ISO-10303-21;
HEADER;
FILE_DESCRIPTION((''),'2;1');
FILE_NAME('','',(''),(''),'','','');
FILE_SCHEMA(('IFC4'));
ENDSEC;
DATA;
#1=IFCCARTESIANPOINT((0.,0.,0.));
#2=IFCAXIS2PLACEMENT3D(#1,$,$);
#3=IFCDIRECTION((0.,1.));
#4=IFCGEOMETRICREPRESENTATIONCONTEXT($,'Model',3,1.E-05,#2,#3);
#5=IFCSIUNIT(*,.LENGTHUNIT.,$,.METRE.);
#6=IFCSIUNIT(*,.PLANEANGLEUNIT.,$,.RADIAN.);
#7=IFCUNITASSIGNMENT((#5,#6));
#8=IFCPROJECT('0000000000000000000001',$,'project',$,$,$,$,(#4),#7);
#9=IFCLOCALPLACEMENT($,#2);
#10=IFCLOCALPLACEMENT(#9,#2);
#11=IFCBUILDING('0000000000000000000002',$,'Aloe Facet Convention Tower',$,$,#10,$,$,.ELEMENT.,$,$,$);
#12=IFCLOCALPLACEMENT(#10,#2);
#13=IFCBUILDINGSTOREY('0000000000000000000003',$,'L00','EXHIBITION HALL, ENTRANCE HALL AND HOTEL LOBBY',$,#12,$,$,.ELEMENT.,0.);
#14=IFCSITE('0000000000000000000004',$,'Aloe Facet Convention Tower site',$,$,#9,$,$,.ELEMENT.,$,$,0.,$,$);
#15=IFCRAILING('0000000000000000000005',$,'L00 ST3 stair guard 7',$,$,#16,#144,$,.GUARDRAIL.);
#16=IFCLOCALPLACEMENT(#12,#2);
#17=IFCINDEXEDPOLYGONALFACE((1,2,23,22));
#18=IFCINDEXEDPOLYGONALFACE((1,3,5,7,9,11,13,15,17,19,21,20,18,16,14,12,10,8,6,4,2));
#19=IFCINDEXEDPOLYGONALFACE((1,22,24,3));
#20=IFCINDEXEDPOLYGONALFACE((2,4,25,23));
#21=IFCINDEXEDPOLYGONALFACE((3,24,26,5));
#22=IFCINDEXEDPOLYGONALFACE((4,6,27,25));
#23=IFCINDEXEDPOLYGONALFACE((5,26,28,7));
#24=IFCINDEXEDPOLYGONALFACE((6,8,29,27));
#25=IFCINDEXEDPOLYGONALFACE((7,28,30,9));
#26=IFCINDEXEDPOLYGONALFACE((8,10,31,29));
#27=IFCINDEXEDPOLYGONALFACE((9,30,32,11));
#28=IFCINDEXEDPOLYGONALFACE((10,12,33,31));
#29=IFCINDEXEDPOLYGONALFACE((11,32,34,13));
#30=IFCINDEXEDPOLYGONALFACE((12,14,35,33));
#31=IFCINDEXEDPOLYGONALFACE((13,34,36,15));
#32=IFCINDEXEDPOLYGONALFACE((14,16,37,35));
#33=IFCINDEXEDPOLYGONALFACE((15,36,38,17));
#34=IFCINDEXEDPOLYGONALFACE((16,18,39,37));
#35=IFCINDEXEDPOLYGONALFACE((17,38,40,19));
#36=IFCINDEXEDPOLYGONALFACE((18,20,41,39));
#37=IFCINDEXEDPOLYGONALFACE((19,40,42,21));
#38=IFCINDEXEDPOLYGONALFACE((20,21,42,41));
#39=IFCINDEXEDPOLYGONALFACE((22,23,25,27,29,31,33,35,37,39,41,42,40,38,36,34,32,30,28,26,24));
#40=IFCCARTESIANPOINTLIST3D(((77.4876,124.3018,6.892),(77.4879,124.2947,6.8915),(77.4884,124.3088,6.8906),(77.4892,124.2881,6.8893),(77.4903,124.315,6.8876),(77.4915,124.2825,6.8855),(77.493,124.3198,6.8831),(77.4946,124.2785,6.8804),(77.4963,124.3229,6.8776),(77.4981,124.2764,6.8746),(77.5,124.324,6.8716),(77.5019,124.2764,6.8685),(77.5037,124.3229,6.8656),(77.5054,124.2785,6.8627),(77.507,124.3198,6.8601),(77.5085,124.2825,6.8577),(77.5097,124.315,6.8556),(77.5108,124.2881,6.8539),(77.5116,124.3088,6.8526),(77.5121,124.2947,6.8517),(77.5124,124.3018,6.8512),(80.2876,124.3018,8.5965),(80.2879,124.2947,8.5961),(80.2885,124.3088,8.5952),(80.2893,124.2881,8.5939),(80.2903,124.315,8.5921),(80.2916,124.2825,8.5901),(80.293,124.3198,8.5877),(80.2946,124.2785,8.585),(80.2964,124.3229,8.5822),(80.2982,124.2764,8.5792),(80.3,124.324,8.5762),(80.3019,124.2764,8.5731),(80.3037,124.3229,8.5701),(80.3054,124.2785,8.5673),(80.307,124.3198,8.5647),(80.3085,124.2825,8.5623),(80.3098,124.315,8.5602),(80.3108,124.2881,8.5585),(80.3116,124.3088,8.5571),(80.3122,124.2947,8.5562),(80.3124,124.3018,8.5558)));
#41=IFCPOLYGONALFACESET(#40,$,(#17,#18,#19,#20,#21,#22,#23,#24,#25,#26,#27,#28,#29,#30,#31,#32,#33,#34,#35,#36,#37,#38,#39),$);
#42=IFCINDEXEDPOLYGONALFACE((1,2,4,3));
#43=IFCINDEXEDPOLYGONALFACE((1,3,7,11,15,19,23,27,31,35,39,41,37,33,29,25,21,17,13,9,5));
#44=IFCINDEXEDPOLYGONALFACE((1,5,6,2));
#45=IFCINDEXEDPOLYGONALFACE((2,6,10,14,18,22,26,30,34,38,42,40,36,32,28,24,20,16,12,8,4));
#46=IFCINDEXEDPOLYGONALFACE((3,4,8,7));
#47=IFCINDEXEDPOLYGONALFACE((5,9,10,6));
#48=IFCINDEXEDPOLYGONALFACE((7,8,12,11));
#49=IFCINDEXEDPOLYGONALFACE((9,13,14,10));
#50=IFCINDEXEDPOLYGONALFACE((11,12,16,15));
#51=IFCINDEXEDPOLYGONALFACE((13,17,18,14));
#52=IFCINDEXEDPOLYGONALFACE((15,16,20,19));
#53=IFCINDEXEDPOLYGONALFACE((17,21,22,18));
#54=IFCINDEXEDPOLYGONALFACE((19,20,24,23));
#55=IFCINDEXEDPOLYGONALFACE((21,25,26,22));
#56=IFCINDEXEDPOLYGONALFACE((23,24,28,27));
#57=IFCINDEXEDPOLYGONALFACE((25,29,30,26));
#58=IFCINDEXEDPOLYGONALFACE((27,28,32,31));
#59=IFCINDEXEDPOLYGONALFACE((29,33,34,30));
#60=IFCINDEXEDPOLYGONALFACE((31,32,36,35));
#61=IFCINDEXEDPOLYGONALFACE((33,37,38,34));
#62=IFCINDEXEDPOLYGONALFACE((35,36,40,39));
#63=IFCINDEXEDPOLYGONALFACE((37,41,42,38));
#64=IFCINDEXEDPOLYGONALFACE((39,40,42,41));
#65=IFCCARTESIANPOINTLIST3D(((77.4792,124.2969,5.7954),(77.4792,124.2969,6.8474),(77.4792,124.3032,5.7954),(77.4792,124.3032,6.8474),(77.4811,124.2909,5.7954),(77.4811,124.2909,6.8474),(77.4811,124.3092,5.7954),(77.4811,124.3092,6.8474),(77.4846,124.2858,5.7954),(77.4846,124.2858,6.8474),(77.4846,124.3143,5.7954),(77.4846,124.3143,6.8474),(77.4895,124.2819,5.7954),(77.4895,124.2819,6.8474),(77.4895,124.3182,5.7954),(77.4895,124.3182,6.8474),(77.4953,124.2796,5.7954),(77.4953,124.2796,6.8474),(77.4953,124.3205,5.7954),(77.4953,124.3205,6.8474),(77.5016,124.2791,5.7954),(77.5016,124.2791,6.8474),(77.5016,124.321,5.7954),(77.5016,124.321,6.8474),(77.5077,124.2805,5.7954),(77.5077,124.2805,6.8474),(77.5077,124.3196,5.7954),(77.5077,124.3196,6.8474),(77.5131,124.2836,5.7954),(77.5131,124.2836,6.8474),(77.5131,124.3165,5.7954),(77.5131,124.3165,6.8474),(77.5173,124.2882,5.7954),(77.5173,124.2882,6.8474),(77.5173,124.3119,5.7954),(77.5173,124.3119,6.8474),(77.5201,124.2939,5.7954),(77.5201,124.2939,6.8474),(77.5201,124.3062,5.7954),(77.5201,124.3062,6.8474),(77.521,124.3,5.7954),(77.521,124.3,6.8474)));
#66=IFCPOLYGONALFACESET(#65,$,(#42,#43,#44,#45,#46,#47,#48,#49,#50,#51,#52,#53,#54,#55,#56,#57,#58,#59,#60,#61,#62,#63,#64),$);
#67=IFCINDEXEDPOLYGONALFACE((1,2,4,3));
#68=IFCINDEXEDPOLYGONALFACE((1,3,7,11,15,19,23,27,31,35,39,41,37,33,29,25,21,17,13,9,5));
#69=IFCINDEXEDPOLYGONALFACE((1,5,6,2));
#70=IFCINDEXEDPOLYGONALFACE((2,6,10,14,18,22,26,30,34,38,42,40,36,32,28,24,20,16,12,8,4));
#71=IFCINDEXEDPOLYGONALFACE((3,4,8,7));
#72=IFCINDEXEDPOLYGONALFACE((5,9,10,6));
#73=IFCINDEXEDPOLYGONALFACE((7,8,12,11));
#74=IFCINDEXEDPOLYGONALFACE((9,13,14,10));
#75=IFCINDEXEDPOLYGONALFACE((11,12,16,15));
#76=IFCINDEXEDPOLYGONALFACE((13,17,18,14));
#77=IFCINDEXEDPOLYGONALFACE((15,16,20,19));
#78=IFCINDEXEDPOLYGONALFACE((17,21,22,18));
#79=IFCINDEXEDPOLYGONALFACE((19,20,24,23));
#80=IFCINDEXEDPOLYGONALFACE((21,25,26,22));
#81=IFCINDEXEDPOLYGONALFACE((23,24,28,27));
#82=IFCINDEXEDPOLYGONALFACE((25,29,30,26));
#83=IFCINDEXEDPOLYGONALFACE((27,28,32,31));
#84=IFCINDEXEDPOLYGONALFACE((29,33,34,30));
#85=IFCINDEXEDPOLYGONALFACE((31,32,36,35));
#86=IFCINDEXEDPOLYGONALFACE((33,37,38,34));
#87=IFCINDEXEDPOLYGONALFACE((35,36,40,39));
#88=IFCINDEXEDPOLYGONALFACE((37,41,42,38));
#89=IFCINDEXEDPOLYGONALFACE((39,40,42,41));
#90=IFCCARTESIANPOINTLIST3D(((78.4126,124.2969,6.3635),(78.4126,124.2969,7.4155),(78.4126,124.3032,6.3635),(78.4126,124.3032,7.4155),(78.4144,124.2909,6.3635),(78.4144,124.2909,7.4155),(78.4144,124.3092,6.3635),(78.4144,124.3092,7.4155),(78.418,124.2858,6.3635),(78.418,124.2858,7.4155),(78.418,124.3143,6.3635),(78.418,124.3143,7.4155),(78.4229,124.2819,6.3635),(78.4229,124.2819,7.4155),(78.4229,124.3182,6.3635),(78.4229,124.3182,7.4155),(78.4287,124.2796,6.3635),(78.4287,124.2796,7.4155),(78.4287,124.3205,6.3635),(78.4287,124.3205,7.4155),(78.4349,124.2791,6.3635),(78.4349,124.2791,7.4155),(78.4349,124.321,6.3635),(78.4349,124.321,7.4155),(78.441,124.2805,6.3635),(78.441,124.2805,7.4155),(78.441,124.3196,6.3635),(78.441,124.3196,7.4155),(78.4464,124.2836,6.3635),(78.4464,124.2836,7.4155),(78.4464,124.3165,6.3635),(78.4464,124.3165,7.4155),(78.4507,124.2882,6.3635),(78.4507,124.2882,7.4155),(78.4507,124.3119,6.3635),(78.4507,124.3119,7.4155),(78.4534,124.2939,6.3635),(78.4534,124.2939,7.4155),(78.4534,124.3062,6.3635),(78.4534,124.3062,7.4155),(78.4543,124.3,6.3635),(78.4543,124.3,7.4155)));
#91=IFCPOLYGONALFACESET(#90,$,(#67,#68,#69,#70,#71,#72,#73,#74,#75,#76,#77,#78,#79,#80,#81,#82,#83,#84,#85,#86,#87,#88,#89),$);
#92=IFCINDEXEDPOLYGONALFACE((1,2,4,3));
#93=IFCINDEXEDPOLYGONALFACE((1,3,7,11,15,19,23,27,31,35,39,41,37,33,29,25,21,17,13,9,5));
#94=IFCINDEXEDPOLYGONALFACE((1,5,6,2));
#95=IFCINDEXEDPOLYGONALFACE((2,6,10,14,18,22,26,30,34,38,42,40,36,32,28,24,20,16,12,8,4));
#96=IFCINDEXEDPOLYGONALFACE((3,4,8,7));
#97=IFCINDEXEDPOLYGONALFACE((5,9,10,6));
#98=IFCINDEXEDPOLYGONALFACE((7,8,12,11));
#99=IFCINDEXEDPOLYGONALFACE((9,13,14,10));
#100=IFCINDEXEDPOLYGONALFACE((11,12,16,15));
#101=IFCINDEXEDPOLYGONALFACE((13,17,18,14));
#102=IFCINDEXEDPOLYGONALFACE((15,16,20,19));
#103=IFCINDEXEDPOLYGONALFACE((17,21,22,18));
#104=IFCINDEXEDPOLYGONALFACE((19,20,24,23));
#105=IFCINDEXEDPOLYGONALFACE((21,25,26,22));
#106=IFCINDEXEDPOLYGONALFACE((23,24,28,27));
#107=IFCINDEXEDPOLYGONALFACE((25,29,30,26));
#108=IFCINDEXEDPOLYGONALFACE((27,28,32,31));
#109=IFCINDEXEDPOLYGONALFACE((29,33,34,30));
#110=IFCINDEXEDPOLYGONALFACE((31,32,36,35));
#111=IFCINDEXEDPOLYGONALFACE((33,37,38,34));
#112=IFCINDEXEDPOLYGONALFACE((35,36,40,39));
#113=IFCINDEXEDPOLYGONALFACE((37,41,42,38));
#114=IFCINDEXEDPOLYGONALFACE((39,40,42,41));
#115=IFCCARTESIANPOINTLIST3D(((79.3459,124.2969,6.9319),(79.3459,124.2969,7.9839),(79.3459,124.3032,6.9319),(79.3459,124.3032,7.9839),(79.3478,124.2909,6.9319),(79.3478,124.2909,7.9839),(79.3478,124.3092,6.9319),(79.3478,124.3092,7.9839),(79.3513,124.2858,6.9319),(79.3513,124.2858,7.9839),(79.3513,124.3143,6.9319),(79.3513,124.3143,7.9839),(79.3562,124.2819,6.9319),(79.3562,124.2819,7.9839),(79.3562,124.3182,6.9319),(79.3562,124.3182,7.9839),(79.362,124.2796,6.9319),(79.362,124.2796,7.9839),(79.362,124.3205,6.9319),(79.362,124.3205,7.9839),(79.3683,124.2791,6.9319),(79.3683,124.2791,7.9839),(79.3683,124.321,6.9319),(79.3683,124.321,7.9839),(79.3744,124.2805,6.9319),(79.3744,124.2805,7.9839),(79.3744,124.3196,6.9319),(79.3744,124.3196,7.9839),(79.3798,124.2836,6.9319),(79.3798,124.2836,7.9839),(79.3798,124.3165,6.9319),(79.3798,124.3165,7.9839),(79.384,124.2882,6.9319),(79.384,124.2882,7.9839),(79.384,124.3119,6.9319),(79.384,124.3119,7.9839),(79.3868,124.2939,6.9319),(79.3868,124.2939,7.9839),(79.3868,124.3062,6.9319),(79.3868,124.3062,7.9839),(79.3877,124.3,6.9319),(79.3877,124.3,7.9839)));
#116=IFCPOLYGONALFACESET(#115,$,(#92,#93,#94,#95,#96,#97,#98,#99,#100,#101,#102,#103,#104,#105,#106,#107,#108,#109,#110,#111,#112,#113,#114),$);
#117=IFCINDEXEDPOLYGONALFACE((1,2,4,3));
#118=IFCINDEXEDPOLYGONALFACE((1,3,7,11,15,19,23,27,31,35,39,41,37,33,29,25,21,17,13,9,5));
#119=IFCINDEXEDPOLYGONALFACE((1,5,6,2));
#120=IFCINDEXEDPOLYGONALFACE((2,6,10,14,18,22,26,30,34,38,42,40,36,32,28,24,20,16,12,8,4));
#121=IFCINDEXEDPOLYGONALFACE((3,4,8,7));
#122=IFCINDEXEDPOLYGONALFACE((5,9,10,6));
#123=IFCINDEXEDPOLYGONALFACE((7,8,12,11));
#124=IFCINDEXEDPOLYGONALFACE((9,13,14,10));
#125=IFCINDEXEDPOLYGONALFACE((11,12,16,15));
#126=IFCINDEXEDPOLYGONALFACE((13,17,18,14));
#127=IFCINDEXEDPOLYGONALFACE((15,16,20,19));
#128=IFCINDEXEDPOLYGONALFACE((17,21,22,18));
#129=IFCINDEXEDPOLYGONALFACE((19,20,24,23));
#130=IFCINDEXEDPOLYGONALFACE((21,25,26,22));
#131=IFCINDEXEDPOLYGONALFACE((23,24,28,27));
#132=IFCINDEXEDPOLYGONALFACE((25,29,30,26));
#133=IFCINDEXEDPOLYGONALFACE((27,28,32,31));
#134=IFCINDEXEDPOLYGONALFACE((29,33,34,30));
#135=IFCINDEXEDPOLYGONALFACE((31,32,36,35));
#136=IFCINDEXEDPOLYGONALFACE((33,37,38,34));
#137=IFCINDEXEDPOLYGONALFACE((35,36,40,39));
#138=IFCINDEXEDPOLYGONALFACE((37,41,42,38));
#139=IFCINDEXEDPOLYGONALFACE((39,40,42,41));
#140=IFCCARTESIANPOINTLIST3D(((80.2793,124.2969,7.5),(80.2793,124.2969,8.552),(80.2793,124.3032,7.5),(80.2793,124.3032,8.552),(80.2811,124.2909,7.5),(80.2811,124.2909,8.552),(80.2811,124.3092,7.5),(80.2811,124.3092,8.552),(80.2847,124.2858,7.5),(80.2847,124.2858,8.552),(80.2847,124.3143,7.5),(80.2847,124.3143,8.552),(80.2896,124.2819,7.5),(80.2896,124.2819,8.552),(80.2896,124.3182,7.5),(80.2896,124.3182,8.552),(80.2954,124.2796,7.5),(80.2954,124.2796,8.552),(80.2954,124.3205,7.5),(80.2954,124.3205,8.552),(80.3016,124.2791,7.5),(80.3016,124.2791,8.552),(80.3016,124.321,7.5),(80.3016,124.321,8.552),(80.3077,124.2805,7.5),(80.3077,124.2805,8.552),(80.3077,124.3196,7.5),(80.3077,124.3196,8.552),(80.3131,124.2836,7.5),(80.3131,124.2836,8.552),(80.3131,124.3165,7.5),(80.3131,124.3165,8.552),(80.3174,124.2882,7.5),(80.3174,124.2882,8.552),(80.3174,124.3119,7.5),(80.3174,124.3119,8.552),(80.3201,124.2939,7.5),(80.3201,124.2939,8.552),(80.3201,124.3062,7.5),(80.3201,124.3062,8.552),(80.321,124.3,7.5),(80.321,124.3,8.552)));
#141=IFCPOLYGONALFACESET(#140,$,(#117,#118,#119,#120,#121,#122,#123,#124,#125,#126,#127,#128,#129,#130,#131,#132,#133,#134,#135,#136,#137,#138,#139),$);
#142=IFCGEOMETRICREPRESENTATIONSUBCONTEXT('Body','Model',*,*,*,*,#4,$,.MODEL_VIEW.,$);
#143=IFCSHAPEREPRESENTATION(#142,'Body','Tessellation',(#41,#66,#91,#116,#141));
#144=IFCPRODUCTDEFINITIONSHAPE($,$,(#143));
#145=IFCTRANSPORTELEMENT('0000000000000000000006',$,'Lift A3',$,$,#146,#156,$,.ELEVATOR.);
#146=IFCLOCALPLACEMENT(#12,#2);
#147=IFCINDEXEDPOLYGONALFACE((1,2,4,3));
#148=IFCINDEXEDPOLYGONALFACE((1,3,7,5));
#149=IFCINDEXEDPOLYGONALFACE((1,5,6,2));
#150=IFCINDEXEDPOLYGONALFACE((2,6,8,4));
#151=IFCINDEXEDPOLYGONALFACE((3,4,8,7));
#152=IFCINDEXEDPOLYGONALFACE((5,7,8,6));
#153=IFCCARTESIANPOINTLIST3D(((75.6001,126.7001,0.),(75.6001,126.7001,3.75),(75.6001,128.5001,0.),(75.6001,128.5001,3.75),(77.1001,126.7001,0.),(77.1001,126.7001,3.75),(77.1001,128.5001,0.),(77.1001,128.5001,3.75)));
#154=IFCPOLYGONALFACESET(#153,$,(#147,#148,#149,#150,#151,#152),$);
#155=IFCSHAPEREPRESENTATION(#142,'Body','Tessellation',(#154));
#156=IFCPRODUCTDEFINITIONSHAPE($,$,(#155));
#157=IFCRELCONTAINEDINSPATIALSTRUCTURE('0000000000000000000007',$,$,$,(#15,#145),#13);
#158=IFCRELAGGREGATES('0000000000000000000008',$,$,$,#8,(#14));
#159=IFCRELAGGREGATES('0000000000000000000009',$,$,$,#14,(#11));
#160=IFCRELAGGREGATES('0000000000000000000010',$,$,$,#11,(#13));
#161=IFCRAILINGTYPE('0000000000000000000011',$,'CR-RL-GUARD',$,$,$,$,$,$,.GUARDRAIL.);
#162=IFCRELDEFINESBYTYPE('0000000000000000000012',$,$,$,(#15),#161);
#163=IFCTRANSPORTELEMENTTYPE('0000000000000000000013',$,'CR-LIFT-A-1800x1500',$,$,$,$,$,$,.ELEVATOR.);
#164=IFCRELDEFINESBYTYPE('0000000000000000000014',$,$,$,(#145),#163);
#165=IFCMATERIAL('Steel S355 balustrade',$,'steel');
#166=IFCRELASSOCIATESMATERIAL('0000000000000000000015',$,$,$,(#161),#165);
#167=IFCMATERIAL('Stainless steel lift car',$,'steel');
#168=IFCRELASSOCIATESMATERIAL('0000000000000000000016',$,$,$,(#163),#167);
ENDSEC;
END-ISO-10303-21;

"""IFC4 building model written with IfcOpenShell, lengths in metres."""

from ifc_helpers import new_model, si_unit, direction, frame, origin, origin_2d, place, context, subcontext, project, spatial, rectangle, circle, extrude, material, type_object, element, save


model = new_model("IFC4")

# Units and contexts
model_context = context("Model", 3, precision=1e-05, world=origin(), true_north=direction((0.0, 1.0)))
body_context = subcontext(model_context, "Body", "Model", "MODEL_VIEW")
ifc_project = project(units=[si_unit("LENGTHUNIT", "METRE"), si_unit("PLANEANGLEUNIT", "RADIAN")], contexts=[model_context])

# Site, building, storey
site_placement = place(None, origin())
site = spatial("IfcSite", under=ifc_project, at=site_placement, Name="Aloe Facet Convention Tower site", CompositionType="ELEMENT", RefElevation=0.0)
building_placement = place(site_placement, origin())
building = spatial("IfcBuilding", under=site, at=building_placement, Name="Aloe Facet Convention Tower", CompositionType="ELEMENT")
storey_placement = place(building_placement, origin())
storey = spatial("IfcBuildingStorey", under=building, at=storey_placement, Name="L00", Description="EXHIBITION HALL, ENTRANCE HALL AND HOTEL LOBBY", CompositionType="ELEMENT", Elevation=0.0)

# Railing
ifc_material_1 = material(Name="Steel S355 balustrade", Category="steel")
railing_type = type_object("IfcRailingType", Name="CR-RL-GUARD", PredefinedType="GUARDRAIL", material=ifc_material_1)
railing_1_placement = place(storey_placement, frame((77.5, 124.3, 5.7954)))
element("IfcRailing", 1, at=railing_1_placement, inside=storey, type_object=railing_type, Name="L00 ST3 stair guard 7", PredefinedType="GUARDRAIL", context=body_context, shape_type="SweptSolid", body=[
    extrude(circle(Radius=0.0239, at=origin_2d()), frame((0.0, 0.0, 1.0762), z_axis=(0.85417, 0.0, 0.519994), x_axis=(0.0, 1.0, 0.0)), (0.0, 0.0, 1.0), 3.2781),
    extrude(circle(Radius=0.021, at=origin_2d()), origin(), (0.0, 0.0, 1.0), 1.052),
    extrude(circle(Radius=0.021, at=origin_2d()), frame((0.9333, 0.0, 0.5681)), (0.0, 0.0, 1.0), 1.052),
    extrude(circle(Radius=0.021, at=origin_2d()), frame((1.8667, 0.0, 1.1365)), (0.0, 0.0, 1.0), 1.052),
    extrude(circle(Radius=0.021, at=origin_2d()), frame((2.8, 0.0, 1.7046)), (0.0, 0.0, 1.0), 1.052),
])

# Transport element
ifc_material_2 = material(Name="Stainless steel lift car", Category="steel")
transport_element_type = type_object("IfcTransportElementType", Name="CR-LIFT-A-1800x1500", PredefinedType="ELEVATOR", material=ifc_material_2)
transport_element_placement = place(storey_placement, frame((76.3501, 127.6001, 0.0), z_axis=(0.0, 0.0, 1.0), x_axis=(1.0, 0.0, 0.0)))
element("IfcTransportElement", 2, at=transport_element_placement, inside=storey, type_object=transport_element_type, Name="Lift A3", PredefinedType="ELEVATOR", context=body_context, shape_type="SweptSolid", body=[
    extrude(rectangle(XDim=1.5, YDim=1.8, at=origin_2d()), origin(), (0.0, 0.0, 1.0), 3.75),
])

save(model, "model.ifc")
